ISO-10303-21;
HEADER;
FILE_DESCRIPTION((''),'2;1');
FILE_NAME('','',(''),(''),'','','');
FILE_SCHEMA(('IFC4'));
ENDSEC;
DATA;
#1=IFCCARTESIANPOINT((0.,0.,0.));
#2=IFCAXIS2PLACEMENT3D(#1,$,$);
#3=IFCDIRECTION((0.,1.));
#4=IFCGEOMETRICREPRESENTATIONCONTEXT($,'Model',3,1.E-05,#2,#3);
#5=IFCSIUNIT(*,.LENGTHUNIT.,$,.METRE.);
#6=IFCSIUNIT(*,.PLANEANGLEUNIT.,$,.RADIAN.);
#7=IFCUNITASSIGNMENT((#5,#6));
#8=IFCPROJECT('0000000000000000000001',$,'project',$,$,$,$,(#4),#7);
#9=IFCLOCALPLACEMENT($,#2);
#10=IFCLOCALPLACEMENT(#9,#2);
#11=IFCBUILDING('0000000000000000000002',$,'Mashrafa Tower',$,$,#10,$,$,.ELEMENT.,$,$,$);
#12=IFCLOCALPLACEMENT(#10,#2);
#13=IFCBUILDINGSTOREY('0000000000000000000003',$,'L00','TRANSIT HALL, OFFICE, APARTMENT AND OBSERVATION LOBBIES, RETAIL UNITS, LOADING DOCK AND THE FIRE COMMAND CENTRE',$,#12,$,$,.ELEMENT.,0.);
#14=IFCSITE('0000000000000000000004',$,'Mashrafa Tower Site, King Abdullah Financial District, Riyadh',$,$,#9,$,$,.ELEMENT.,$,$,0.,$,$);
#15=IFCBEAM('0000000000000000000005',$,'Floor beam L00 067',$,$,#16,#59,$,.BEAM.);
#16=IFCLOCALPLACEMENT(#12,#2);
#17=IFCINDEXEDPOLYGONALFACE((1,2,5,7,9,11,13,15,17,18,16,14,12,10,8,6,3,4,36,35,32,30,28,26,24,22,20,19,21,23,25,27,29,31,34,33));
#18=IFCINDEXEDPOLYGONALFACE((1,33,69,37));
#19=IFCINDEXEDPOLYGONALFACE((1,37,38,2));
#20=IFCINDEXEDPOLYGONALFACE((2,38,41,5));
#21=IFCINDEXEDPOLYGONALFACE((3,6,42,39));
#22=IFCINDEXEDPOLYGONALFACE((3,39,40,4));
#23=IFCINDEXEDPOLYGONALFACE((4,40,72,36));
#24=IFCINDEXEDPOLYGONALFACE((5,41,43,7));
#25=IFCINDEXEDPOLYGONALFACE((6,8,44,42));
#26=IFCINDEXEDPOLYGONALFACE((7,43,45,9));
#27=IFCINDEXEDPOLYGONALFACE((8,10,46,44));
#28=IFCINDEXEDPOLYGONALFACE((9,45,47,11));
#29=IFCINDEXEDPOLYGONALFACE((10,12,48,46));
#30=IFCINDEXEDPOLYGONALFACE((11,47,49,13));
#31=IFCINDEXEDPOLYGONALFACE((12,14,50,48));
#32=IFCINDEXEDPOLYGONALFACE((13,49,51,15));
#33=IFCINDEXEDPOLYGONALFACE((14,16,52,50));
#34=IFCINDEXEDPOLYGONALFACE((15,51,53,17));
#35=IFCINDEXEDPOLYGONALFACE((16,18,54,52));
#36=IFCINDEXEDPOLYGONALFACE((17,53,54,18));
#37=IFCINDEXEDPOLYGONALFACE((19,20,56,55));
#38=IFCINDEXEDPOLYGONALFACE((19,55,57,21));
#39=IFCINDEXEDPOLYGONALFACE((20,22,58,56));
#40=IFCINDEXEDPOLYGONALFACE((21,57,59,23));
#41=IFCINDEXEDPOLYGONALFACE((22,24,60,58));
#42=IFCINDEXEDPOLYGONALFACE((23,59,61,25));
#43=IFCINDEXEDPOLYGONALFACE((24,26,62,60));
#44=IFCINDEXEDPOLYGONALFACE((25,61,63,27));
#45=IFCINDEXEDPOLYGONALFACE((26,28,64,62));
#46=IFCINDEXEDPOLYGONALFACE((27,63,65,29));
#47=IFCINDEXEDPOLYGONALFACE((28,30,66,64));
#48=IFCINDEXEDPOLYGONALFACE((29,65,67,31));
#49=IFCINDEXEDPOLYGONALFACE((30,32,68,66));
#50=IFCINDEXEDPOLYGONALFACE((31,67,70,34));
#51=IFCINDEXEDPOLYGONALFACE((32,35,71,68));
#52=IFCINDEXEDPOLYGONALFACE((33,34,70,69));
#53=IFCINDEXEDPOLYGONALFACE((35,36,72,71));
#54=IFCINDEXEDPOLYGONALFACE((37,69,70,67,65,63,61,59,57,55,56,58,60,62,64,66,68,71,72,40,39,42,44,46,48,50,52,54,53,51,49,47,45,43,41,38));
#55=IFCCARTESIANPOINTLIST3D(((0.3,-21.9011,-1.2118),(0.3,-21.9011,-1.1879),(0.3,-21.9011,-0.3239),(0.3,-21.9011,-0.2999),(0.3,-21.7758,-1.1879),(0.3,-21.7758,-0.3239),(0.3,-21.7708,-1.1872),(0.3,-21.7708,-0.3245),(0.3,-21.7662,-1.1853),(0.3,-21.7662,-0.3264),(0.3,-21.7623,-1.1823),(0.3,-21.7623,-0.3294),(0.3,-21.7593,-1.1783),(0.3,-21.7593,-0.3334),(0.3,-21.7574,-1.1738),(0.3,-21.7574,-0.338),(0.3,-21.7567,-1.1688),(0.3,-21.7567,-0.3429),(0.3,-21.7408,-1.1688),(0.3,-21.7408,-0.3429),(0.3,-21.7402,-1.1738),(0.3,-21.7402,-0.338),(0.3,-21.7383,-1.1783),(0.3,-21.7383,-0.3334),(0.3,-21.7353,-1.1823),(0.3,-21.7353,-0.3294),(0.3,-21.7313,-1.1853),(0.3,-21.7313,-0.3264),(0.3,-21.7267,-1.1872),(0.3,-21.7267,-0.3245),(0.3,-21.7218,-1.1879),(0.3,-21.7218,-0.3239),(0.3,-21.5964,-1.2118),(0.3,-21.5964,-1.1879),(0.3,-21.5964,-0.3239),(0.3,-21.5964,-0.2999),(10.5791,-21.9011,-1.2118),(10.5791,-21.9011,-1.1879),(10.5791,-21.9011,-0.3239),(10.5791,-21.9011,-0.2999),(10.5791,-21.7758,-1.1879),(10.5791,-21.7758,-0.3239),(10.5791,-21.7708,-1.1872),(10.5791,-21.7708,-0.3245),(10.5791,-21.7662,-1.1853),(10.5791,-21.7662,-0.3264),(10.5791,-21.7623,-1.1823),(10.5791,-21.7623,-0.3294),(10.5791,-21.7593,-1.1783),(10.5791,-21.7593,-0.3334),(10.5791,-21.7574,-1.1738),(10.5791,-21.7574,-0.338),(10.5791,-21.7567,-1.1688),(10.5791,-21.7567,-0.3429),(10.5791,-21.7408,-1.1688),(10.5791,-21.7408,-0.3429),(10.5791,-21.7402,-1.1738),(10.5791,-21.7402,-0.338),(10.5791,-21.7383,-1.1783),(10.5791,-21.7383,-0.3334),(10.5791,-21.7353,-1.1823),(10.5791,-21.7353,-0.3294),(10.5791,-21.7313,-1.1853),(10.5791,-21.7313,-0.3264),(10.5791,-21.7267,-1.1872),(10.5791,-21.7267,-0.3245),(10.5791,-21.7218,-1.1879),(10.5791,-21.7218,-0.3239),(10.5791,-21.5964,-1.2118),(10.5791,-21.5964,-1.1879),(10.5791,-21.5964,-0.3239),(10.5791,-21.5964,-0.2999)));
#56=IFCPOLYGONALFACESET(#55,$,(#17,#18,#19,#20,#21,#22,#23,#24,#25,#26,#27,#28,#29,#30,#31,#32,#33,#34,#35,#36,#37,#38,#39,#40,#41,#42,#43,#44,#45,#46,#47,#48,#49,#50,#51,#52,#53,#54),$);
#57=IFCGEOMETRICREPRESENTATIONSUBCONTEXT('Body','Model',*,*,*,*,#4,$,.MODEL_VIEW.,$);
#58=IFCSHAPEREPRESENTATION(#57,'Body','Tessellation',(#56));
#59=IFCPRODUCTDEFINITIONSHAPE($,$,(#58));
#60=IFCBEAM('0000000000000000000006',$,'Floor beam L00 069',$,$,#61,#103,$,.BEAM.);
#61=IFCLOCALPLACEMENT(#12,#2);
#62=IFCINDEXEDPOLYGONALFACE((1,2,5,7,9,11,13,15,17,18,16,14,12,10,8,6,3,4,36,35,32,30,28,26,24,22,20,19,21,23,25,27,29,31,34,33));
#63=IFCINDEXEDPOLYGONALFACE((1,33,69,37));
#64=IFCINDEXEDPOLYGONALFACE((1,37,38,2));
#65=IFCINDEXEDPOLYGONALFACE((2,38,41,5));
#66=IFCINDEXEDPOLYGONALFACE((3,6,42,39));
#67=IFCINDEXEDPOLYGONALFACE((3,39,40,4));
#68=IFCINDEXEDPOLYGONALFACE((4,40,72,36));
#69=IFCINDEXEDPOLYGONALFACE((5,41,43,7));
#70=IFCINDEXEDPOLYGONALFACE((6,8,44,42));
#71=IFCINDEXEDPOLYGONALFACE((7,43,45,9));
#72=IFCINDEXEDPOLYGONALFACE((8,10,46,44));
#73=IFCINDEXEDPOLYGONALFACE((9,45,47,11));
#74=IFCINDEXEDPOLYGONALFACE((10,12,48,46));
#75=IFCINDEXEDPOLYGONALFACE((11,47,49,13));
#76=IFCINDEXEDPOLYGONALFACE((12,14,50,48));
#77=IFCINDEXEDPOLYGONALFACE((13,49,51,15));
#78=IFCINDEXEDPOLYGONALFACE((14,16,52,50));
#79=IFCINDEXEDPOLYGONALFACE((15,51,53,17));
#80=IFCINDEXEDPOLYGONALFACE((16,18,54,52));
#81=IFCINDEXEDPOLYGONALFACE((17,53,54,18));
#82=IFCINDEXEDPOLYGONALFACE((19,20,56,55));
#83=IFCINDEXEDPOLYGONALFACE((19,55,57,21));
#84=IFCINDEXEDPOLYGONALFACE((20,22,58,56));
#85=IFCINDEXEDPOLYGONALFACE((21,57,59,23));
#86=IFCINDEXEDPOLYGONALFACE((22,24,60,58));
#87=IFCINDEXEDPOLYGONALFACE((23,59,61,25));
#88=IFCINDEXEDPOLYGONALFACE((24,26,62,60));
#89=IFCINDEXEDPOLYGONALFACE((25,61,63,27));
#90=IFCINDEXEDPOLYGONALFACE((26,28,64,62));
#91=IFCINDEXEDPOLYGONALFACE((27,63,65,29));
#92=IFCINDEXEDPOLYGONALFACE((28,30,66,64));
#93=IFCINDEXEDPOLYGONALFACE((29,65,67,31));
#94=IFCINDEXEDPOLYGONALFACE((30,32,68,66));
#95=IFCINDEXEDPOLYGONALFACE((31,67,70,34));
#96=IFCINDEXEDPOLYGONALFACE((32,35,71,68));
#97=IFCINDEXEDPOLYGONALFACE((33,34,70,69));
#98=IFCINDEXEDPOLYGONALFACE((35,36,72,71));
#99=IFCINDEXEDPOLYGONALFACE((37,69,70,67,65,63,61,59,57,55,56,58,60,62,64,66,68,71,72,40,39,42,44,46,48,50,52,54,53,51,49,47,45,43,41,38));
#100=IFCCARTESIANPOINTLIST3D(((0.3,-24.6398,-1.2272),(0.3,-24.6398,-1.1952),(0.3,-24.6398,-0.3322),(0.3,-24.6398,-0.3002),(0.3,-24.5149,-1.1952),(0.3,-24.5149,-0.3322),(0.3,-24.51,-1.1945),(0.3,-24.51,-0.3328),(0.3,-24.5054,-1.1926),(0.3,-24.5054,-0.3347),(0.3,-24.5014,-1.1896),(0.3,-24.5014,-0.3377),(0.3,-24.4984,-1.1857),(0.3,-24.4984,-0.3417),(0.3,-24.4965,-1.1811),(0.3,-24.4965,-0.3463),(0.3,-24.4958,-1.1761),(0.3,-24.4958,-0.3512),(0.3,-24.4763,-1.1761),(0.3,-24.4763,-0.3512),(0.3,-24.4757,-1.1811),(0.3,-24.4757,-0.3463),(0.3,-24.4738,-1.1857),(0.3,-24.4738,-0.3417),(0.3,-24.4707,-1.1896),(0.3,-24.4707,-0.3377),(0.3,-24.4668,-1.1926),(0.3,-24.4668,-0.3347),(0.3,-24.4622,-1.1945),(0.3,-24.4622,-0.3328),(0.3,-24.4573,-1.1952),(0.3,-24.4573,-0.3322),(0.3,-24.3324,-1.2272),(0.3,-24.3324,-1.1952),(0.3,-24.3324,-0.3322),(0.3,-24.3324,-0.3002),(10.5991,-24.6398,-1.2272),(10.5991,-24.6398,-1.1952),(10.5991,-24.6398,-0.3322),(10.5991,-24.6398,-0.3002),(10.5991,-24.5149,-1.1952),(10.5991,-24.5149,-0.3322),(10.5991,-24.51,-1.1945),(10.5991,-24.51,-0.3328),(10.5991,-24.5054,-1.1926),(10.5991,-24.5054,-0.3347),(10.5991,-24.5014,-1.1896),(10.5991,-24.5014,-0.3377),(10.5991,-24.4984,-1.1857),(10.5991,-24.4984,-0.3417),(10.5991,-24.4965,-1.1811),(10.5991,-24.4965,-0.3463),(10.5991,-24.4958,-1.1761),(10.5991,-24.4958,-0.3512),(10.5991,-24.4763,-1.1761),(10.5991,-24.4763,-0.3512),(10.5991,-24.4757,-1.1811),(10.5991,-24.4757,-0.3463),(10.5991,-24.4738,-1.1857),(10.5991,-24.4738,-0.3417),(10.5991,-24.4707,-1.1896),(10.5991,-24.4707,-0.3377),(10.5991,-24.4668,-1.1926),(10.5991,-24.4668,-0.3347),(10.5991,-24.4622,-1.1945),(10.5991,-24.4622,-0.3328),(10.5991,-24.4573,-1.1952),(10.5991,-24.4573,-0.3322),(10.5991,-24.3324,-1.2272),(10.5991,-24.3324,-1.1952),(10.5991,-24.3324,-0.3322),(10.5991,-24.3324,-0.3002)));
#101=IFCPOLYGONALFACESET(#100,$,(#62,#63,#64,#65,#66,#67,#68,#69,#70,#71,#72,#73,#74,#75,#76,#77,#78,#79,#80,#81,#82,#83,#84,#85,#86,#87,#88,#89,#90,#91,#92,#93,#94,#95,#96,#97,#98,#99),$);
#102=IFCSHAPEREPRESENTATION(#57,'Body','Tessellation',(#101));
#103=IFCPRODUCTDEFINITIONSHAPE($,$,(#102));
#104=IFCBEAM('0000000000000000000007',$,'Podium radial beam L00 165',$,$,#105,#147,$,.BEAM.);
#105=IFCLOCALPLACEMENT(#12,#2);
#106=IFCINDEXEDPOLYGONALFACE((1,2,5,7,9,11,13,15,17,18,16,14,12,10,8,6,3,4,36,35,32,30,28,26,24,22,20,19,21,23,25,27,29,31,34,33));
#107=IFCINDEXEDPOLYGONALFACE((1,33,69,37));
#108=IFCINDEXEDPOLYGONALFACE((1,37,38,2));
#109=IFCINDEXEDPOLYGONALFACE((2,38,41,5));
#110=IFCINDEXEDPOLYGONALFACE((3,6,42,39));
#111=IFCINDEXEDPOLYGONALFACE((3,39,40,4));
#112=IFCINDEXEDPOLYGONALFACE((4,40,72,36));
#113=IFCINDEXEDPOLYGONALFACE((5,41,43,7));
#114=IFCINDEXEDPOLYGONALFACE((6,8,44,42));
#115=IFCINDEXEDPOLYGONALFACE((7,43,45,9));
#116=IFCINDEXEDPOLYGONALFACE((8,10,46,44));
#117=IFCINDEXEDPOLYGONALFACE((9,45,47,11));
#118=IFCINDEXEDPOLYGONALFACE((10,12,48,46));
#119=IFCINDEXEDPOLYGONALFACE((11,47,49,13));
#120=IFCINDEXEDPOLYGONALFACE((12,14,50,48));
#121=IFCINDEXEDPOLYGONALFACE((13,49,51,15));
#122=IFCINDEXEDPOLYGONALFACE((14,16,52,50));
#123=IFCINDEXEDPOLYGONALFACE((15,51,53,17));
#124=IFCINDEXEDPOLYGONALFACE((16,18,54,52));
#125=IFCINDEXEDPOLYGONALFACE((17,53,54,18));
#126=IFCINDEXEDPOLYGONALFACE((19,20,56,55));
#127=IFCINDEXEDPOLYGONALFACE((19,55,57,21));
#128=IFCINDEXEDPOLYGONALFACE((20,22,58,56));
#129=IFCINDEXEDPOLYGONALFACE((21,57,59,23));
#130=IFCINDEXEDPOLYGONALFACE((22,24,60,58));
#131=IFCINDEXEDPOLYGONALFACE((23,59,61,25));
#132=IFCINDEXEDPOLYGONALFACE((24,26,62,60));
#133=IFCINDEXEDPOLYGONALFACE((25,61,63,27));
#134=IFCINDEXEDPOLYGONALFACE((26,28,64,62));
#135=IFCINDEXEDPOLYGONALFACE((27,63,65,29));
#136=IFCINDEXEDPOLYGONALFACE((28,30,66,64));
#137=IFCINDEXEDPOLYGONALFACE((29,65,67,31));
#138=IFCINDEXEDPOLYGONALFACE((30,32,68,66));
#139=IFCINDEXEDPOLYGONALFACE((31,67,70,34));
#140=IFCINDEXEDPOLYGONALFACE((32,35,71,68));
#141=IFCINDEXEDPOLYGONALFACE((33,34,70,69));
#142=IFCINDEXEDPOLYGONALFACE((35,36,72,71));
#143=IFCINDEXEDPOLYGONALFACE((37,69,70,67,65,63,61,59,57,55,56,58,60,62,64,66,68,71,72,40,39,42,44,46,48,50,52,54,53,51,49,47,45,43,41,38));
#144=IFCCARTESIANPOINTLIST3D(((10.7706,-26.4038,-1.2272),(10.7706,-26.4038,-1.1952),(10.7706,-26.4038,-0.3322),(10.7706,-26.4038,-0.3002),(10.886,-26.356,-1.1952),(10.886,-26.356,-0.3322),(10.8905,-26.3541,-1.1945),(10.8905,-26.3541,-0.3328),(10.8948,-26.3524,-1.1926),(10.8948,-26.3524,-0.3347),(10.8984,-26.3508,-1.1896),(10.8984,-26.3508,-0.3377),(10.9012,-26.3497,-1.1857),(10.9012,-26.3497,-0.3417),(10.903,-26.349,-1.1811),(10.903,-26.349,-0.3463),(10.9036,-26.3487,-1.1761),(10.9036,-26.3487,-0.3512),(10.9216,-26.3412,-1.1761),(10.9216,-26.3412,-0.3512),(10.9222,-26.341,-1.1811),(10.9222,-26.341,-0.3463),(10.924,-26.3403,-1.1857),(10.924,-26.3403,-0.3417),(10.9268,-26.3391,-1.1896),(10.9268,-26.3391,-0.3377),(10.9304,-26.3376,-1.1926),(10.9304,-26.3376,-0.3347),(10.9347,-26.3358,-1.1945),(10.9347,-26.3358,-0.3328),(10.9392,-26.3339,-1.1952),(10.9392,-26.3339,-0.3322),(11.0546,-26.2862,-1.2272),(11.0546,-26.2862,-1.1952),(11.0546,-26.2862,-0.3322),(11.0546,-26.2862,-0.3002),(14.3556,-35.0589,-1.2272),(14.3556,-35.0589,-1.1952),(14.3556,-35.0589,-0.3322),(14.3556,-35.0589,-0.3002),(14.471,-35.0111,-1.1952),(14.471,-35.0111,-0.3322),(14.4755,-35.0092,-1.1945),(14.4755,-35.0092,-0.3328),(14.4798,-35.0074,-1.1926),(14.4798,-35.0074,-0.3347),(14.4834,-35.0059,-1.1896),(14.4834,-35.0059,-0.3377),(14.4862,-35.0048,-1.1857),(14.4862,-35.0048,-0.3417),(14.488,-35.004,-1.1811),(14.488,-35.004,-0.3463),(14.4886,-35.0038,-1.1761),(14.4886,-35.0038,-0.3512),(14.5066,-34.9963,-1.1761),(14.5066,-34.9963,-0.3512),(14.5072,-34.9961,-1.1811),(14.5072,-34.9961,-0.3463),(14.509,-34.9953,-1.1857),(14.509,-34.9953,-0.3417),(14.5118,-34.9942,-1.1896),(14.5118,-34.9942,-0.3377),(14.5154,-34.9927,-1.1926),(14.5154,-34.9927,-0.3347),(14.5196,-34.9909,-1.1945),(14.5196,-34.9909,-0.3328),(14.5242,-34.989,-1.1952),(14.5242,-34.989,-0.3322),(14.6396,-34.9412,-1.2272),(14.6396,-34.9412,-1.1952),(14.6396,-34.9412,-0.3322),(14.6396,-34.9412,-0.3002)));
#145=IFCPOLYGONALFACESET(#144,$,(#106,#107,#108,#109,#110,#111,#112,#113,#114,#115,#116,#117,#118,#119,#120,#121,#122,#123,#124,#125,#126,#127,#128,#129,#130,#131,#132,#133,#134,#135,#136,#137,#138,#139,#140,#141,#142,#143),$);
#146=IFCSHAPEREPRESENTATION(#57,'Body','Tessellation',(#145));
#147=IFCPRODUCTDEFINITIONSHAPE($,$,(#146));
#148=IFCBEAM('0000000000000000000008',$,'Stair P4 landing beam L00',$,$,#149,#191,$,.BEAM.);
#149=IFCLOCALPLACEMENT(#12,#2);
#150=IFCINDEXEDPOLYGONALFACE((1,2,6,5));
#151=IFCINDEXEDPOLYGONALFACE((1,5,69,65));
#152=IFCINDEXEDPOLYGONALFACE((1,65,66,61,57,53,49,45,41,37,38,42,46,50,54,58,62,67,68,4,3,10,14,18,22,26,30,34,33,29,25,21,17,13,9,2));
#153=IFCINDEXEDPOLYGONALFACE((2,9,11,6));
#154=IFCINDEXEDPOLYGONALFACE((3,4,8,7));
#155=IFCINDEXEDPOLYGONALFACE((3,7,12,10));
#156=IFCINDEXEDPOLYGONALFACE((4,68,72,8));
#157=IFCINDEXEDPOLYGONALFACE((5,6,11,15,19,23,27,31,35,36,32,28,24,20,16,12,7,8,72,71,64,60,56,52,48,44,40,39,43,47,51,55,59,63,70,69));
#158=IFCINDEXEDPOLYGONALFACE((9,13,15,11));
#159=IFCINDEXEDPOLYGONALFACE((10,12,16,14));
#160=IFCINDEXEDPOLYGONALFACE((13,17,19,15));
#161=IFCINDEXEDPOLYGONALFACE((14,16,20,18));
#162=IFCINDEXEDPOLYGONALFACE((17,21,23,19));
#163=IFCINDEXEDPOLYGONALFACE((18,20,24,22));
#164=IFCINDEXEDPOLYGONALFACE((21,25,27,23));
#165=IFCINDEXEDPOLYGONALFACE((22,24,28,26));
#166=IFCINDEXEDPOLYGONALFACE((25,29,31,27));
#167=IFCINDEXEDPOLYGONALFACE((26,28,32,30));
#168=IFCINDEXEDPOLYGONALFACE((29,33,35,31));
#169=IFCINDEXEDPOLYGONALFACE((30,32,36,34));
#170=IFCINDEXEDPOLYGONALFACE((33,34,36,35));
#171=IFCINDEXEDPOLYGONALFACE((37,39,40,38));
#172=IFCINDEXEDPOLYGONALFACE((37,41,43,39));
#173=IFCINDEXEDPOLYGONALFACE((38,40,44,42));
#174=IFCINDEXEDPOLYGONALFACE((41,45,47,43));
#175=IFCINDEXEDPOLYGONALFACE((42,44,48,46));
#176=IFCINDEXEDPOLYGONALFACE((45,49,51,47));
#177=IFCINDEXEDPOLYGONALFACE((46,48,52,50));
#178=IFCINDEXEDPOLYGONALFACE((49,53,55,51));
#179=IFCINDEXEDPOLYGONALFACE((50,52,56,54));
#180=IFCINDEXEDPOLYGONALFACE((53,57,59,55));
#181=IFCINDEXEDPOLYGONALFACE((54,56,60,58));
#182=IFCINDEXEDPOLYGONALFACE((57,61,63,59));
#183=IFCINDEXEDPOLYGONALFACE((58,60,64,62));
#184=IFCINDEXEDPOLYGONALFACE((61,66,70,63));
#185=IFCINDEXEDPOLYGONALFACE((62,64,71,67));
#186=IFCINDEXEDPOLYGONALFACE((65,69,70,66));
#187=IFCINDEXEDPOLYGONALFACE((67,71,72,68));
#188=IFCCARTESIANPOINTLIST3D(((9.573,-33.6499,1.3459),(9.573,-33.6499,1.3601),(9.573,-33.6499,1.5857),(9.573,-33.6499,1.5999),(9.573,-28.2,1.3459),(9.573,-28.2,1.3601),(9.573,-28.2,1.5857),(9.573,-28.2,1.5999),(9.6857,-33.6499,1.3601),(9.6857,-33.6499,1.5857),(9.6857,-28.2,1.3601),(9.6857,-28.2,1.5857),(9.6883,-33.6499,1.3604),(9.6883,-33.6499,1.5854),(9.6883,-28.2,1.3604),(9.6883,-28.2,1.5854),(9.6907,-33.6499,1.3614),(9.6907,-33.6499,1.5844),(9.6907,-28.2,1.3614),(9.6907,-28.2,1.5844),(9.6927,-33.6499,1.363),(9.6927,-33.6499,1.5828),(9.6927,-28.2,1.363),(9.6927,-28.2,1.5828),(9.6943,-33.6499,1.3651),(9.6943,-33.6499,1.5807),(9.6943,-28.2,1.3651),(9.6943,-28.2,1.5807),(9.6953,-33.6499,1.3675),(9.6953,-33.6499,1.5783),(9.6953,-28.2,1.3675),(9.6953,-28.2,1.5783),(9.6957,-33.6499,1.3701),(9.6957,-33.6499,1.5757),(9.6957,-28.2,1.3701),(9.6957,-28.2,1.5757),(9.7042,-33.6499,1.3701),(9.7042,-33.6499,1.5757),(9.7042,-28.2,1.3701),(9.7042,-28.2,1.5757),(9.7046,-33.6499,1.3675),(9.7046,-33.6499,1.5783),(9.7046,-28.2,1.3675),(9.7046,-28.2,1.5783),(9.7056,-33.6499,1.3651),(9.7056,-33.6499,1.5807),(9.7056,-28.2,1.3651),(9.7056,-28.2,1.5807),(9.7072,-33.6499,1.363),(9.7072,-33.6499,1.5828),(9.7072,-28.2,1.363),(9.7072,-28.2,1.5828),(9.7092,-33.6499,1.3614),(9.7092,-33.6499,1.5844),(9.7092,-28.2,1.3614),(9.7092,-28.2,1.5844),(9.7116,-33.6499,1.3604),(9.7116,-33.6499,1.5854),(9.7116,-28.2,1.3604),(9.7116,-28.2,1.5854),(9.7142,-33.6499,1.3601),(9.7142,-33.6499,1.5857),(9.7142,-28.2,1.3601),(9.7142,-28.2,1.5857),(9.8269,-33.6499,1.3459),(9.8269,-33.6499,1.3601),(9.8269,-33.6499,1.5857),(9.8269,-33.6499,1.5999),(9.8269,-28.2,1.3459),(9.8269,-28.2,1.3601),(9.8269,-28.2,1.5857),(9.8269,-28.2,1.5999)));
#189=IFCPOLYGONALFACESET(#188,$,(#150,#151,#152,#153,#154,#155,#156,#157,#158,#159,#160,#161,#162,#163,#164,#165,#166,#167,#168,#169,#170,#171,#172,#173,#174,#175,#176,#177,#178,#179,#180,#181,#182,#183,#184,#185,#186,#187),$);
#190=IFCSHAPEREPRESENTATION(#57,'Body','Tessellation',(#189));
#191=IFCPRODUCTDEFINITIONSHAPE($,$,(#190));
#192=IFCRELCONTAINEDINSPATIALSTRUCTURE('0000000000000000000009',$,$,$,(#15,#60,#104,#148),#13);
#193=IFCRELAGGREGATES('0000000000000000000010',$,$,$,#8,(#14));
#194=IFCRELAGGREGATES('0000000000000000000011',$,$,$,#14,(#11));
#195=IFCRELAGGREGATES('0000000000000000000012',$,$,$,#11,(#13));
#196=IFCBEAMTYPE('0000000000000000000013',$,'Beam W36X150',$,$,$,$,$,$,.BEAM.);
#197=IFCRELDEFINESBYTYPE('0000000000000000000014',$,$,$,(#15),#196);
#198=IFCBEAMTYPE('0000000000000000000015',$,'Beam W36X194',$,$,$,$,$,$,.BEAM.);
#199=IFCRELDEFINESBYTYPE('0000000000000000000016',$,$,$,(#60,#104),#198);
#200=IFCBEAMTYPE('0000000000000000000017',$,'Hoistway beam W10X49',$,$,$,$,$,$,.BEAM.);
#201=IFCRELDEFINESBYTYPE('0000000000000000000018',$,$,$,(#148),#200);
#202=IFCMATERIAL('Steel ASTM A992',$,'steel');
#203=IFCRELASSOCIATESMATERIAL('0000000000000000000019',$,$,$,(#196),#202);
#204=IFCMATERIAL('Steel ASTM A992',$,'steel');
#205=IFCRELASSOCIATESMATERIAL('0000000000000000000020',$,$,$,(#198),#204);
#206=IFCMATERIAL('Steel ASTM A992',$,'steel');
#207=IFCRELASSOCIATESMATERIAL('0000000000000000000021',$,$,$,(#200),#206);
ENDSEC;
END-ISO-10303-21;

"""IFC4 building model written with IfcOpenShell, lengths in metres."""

from ifc_helpers import new_model, si_unit, direction, frame, origin, origin_2d, place, context, subcontext, project, spatial, i_section, extrude, material, material_profile, profile_set, type_object, element, save


model = new_model("IFC4")

# Units and contexts
model_context = context("Model", 3, precision=1e-05, world=origin(), true_north=direction((0.0, 1.0)))
body_context = subcontext(model_context, "Body", "Model", "MODEL_VIEW")
ifc_project = project(units=[si_unit("LENGTHUNIT", "METRE"), si_unit("PLANEANGLEUNIT", "RADIAN")], contexts=[model_context])

# Site, building, storey
site_placement = place(None, origin())
site = spatial("IfcSite", under=ifc_project, at=site_placement, Name="Mashrafa Tower Site, King Abdullah Financial District, Riyadh", CompositionType="ELEMENT", RefElevation=0.0)
building_placement = place(site_placement, origin())
building = spatial("IfcBuilding", under=site, at=building_placement, Name="Mashrafa Tower", CompositionType="ELEMENT")
storey_placement = place(building_placement, origin())
storey = spatial("IfcBuildingStorey", under=building, at=storey_placement, Name="L00", Description="TRANSIT HALL, OFFICE, APARTMENT AND OBSERVATION LOBBIES, RETAIL UNITS, LOADING DOCK AND THE FIRE COMMAND CENTRE", CompositionType="ELEMENT", Elevation=0.0)

# Beams
ifc_material_1 = material(Name="Steel ASTM A992", Category="steel")
ifc_material_profile_1 = material_profile(ifc_material_1, i_section(OverallWidth=0.3047, OverallDepth=0.9119, WebThickness=0.0159, FlangeThickness=0.0239, FilletRadius=0.019, at=origin_2d()), Name="W36X150")
ifc_profile_set_1 = profile_set([ifc_material_profile_1], Name="Steel ASTM A992")
beam_type_1 = type_object("IfcBeamType", Name="Beam W36X150", PredefinedType="BEAM", material=ifc_profile_set_1)
beam_1_placement = place(storey_placement, frame((10.5791, -21.7488, -0.7559), z_axis=(-1.0, 0.0, 0.0), x_axis=(0.0, -1.0, 0.0)))
element("IfcBeam", 1, at=beam_1_placement, inside=storey, type_object=beam_type_1, Name="Floor beam L00 067", PredefinedType="BEAM", context=body_context, shape_type="SweptSolid", body=[
    extrude(i_section(OverallWidth=0.3047, OverallDepth=0.9119, WebThickness=0.0159, FlangeThickness=0.0239, FilletRadius=0.019, at=origin_2d()), origin(), (0.0, 0.0, 1.0), 10.2791),
])
ifc_material_2 = material(Name="Steel ASTM A992", Category="steel")
ifc_material_profile_2 = material_profile(ifc_material_2, i_section(OverallWidth=0.3074, OverallDepth=0.927, WebThickness=0.0195, FlangeThickness=0.032, FilletRadius=0.019, at=origin_2d()), Name="W36X194")
ifc_profile_set_2 = profile_set([ifc_material_profile_2], Name="Steel ASTM A992")
beam_type_2 = type_object("IfcBeamType", Name="Beam W36X194", PredefinedType="BEAM", material=ifc_profile_set_2)
beam_2_placement = place(storey_placement, frame((10.5991, -24.4861, -0.7637), z_axis=(-1.0, 0.0, 0.0), x_axis=(0.0, -1.0, 0.0)))
element("IfcBeam", 2, at=beam_2_placement, inside=storey, type_object=beam_type_2, Name="Floor beam L00 069", PredefinedType="BEAM", context=body_context, shape_type="SweptSolid", body=[
    extrude(i_section(OverallWidth=0.3074, OverallDepth=0.927, WebThickness=0.0195, FlangeThickness=0.032, FilletRadius=0.019, at=origin_2d()), origin(), (0.0, 0.0, 1.0), 10.2991),
])
beam_3_placement = place(storey_placement, frame((10.9126, -26.345, -0.7637), z_axis=(0.382677, -0.923882, 0.0), x_axis=(0.923882, 0.382677, 0.0)))
element("IfcBeam", 3, at=beam_3_placement, inside=storey, type_object=beam_type_2, Name="Podium radial beam L00 165", PredefinedType="BEAM", context=body_context, shape_type="SweptSolid", body=[
    extrude(i_section(OverallWidth=0.3074, OverallDepth=0.927, WebThickness=0.0195, FlangeThickness=0.032, FilletRadius=0.019, at=origin_2d()), origin(), (0.0, 0.0, 1.0), 9.3682),
])
ifc_material_3 = material(Name="Steel ASTM A992", Category="steel")
ifc_material_profile_3 = material_profile(ifc_material_3, i_section(OverallWidth=0.2539, OverallDepth=0.2539, WebThickness=0.0085, FlangeThickness=0.0142, FilletRadius=0.01, at=origin_2d()), Name="W10X49")
ifc_profile_set_3 = profile_set([ifc_material_profile_3], Name="Steel ASTM A992")
beam_type_3 = type_object("IfcBeamType", Name="Hoistway beam W10X49", PredefinedType="BEAM", material=ifc_profile_set_3)
for number, where, z_axis, x_axis, name in (
    (4, (9.7, -33.6499, 1.4729), (0.0, 1.0, 0.0), (-1.0, 0.0, 0.0), "Stair P4 landing beam L00"),
):
    element("IfcBeam", number, at=place(storey_placement, frame(where, z_axis=z_axis, x_axis=x_axis)), inside=storey, type_object=beam_type_3, Name=name, PredefinedType="BEAM", context=body_context, shape_type="SweptSolid", body=[
        extrude(i_section(OverallWidth=0.2539, OverallDepth=0.2539, WebThickness=0.0085, FlangeThickness=0.0142, FilletRadius=0.01, at=origin_2d()), origin(), (0.0, 0.0, 1.0), 5.45),
    ])

save(model, "model.ifc")
